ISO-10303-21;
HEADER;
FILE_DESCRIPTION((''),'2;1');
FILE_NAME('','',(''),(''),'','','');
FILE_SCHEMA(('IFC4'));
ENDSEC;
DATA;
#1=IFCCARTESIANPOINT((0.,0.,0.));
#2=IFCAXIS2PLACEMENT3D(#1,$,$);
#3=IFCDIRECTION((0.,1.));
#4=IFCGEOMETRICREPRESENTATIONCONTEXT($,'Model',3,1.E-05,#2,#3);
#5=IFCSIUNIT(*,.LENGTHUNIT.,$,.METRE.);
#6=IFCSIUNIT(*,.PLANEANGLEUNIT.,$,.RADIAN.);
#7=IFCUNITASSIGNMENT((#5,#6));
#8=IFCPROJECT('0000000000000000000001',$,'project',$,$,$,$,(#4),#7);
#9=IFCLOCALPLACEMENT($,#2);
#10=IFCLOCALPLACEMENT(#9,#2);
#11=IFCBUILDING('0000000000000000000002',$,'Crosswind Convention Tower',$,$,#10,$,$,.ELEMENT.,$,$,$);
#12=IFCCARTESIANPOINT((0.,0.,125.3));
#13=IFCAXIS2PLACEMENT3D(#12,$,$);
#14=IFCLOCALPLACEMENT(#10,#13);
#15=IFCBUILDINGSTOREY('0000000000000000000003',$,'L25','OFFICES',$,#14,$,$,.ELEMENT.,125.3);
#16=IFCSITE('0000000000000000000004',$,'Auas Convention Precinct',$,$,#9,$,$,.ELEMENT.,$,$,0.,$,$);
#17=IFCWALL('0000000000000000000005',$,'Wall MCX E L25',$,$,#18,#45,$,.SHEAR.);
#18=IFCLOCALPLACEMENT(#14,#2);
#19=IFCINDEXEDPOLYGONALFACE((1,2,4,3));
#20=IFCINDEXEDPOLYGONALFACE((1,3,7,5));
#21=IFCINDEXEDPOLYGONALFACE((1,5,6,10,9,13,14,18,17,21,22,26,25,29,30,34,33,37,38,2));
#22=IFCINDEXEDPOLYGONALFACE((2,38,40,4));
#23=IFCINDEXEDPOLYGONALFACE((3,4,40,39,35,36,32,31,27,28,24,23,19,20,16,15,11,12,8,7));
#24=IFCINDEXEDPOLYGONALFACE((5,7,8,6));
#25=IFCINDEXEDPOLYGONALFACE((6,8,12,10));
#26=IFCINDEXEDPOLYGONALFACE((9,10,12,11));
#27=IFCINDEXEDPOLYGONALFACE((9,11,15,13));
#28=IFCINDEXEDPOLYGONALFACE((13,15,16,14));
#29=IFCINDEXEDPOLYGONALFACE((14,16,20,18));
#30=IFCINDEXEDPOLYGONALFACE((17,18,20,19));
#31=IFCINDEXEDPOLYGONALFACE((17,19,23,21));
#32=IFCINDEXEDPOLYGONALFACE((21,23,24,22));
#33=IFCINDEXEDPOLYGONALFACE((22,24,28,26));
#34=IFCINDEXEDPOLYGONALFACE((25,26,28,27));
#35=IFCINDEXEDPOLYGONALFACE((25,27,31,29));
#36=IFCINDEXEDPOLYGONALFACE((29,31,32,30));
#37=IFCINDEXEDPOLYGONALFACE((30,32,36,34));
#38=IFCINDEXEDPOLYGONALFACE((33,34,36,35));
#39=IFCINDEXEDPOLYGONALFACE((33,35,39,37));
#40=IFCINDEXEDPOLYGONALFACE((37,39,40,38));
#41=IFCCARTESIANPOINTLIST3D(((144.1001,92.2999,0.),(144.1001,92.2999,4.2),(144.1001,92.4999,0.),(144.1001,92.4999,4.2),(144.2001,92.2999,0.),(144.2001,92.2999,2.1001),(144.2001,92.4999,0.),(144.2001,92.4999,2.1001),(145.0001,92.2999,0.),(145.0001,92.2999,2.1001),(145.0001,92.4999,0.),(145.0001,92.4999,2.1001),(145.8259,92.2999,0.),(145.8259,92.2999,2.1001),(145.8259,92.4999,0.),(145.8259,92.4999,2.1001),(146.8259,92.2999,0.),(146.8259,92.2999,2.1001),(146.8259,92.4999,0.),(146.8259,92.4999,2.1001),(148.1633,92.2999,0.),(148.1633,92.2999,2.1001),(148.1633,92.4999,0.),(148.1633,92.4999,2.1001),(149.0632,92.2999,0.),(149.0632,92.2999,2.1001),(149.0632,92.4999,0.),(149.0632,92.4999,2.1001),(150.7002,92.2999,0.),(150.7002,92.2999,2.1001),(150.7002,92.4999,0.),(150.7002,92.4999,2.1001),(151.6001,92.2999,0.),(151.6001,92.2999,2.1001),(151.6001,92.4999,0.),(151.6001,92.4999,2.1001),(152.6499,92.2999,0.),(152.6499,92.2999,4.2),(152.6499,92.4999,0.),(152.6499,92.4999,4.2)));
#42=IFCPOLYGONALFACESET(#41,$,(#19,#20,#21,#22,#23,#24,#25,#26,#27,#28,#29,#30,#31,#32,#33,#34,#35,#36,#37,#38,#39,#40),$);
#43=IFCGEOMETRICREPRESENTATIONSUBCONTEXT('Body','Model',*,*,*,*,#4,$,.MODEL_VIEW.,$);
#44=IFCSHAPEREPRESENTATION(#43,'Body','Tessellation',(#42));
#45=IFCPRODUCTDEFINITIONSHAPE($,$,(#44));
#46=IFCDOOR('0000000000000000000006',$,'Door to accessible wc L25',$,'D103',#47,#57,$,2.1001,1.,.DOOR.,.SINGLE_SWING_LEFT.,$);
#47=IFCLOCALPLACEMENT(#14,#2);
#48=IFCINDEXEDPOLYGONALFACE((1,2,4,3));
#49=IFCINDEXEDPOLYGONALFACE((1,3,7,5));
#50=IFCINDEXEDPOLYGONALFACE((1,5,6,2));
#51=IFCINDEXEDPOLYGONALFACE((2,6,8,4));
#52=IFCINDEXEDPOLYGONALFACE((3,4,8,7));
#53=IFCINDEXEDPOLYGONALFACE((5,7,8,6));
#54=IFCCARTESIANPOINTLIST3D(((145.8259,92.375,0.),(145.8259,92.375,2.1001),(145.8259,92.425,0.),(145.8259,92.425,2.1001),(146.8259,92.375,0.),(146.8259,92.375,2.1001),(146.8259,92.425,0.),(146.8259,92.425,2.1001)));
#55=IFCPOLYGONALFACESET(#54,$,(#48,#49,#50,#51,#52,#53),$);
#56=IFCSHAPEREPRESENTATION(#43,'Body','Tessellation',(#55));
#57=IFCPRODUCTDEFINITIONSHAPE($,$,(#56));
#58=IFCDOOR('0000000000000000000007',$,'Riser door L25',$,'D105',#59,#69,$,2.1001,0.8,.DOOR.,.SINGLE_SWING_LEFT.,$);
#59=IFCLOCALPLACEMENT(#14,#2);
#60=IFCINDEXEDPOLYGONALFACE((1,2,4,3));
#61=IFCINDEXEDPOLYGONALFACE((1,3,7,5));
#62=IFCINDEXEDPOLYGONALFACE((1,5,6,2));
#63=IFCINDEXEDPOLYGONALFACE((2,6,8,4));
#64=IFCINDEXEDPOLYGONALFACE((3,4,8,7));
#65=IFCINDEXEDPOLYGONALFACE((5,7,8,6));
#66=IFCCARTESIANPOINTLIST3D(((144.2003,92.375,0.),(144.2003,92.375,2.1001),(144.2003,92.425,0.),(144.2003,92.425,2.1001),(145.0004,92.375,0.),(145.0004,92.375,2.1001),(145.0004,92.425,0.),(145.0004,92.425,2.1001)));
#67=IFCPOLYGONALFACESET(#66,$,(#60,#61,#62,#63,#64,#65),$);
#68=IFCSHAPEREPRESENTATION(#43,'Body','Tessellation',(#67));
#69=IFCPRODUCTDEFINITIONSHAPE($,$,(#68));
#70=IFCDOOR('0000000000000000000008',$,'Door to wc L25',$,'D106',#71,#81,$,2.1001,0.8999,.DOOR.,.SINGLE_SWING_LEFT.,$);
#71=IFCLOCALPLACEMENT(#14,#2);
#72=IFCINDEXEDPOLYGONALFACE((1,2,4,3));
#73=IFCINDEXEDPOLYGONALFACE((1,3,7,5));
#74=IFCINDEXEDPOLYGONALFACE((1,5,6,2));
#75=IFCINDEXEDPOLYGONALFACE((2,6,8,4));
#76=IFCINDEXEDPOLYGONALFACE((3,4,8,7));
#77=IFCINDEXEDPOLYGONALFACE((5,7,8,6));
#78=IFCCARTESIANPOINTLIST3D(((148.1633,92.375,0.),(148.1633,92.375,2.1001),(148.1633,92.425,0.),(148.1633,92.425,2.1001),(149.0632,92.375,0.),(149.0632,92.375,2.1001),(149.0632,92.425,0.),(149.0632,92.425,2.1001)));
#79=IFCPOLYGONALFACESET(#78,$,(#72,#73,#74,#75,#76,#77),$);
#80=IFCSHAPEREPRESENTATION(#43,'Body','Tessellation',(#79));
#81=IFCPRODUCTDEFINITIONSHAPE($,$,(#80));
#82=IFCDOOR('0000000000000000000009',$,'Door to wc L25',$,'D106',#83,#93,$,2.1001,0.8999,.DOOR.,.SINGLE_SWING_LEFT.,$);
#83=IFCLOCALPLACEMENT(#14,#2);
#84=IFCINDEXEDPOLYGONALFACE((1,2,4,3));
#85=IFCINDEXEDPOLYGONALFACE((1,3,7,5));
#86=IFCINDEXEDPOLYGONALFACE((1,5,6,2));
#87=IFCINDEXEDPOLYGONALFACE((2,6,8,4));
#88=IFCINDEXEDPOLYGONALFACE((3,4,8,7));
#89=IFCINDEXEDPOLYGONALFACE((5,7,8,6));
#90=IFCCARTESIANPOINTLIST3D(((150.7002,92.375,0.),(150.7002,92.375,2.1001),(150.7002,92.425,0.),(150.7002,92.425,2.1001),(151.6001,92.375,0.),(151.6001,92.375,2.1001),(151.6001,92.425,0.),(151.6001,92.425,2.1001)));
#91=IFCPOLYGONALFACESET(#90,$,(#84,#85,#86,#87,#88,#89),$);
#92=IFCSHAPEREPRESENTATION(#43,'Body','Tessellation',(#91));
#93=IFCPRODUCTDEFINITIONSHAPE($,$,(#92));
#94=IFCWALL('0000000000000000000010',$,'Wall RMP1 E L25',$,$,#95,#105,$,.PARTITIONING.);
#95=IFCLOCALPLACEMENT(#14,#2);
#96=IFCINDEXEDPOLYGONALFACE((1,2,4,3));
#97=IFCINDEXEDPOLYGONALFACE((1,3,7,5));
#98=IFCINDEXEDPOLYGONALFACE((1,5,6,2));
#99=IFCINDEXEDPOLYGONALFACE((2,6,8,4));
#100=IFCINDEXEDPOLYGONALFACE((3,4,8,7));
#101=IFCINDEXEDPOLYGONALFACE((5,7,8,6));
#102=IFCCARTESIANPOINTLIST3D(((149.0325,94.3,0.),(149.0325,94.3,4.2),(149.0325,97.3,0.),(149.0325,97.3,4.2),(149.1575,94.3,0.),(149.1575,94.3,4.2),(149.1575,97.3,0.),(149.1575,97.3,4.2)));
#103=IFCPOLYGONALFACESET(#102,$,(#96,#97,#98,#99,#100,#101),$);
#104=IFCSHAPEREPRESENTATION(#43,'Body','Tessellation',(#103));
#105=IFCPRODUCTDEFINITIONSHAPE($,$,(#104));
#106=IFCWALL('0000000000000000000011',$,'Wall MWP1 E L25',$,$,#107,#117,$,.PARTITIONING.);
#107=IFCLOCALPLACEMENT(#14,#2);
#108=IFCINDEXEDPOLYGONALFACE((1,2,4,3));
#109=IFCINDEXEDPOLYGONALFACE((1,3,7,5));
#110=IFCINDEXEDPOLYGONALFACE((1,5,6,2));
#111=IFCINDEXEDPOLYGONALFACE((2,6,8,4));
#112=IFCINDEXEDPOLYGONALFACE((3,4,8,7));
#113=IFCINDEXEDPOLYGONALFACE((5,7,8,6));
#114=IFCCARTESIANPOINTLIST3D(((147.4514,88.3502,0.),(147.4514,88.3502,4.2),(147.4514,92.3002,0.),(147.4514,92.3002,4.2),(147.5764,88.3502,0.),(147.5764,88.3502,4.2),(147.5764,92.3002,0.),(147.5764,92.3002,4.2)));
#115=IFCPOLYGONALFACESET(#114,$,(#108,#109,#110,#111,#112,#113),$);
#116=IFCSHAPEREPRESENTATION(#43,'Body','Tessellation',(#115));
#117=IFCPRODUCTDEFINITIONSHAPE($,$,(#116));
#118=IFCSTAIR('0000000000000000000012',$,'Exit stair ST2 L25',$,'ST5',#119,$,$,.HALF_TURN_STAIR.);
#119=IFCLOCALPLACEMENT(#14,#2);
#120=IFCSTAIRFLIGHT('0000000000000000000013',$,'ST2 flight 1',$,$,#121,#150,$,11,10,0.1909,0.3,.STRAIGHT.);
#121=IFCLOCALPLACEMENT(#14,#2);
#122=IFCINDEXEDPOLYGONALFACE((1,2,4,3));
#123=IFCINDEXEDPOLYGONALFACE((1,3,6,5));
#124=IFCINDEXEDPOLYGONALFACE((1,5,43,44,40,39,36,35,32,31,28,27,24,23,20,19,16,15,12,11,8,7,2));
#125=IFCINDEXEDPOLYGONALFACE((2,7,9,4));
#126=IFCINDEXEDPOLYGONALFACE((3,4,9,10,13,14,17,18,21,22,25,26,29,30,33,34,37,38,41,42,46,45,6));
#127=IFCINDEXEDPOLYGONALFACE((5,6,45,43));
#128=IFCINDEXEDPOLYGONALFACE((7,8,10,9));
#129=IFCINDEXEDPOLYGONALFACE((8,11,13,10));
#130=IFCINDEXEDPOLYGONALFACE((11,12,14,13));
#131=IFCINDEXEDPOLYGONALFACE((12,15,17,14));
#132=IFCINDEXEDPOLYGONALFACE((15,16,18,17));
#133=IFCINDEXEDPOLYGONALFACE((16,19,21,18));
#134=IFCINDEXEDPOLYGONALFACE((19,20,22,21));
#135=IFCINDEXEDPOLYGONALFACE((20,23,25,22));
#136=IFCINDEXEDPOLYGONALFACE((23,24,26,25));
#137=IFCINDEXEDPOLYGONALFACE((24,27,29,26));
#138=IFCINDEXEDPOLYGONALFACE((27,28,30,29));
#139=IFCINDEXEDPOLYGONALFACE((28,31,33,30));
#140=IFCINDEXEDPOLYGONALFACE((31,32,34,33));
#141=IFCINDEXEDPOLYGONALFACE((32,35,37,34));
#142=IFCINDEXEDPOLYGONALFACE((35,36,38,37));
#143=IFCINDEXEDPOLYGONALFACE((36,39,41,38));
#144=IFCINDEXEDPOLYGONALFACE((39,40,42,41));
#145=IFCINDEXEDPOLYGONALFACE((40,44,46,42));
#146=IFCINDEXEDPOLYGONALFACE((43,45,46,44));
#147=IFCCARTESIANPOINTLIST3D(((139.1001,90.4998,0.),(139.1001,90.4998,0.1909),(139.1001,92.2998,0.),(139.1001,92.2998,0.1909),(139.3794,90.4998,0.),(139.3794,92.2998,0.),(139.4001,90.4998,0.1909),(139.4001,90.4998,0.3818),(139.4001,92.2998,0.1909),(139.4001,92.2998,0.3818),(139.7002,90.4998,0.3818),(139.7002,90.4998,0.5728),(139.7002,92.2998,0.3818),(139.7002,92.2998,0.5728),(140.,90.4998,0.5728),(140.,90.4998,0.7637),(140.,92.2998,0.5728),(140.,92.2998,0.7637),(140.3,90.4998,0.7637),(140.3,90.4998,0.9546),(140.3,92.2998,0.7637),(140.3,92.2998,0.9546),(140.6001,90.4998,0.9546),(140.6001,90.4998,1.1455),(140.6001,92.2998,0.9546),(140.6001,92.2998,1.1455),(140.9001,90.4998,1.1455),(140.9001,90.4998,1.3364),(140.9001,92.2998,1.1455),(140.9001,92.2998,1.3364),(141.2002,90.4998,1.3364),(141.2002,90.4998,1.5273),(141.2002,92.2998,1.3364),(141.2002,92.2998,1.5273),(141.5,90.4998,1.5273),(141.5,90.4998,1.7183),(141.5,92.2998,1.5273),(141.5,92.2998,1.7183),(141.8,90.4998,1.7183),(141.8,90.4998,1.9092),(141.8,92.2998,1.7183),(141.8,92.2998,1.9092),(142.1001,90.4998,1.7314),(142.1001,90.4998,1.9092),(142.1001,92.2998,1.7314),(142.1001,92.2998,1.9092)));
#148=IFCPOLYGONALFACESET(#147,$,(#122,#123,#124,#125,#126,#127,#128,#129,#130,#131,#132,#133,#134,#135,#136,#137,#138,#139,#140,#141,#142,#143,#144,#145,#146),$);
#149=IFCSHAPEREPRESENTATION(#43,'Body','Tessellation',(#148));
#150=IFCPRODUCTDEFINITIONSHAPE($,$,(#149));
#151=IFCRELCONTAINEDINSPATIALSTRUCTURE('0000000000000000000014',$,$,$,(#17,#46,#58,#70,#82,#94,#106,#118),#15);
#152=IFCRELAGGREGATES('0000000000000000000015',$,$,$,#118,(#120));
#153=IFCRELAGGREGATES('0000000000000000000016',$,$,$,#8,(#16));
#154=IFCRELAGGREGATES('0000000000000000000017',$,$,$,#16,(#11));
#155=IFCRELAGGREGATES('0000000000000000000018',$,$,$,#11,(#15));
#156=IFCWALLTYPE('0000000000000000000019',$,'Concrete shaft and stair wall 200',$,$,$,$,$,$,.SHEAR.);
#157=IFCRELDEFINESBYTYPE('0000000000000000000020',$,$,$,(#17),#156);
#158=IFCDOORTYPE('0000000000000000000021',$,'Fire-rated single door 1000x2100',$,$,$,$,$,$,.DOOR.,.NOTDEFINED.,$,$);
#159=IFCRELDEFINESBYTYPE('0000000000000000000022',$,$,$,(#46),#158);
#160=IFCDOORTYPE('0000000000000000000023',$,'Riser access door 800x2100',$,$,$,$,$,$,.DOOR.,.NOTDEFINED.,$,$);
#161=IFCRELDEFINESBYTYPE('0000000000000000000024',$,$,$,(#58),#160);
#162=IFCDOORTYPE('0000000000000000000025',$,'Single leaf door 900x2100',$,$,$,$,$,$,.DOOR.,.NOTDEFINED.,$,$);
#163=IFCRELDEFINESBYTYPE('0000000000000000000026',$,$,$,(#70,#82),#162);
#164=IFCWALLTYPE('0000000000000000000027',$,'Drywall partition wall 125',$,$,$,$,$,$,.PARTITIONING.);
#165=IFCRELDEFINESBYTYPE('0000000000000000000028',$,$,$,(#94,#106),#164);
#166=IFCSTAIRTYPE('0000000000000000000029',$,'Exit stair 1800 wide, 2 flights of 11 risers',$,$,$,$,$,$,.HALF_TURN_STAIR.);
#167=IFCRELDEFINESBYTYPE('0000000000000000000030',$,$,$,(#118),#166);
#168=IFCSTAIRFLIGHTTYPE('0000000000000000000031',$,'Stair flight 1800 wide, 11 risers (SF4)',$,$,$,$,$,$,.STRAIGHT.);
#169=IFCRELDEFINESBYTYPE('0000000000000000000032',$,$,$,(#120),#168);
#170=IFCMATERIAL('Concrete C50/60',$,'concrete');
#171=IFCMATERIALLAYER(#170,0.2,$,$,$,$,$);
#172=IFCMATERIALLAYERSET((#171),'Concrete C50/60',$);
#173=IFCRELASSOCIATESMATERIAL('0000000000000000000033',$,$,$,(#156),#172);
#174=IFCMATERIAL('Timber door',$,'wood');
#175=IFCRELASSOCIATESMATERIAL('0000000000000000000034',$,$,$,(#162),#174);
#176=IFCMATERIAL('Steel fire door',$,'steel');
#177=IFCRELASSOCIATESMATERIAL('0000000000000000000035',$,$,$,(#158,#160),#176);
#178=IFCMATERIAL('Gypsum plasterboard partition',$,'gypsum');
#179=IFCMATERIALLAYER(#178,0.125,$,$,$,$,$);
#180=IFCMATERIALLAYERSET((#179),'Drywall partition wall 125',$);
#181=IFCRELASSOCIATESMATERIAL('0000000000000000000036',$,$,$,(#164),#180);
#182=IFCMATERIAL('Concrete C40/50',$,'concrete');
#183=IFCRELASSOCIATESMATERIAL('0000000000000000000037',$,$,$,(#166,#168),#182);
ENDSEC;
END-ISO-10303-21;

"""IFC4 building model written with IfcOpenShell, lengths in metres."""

from ifc_helpers import new_model, si_unit, direction, frame, frame_2d, origin, place, context, subcontext, project, spatial, polyline, rectangle, outline, extrude, material, layer, layer_set, type_object, element, fill, aggregate, save


model = new_model("IFC4")

# Units and contexts
model_context = context("Model", 3, precision=1e-05, world=origin(), true_north=direction((0.0, 1.0)))
body_context = subcontext(model_context, "Body", "Model", "MODEL_VIEW")
ifc_project = project(units=[si_unit("LENGTHUNIT", "METRE"), si_unit("PLANEANGLEUNIT", "RADIAN")], contexts=[model_context])

# Site, building, storey
site_placement = place(None, origin())
site = spatial("IfcSite", under=ifc_project, at=site_placement, Name="Auas Convention Precinct", CompositionType="ELEMENT", RefElevation=0.0)
building_placement = place(site_placement, origin())
building = spatial("IfcBuilding", under=site, at=building_placement, Name="Crosswind Convention Tower", CompositionType="ELEMENT")
storey_placement = place(building_placement, frame((0.0, 0.0, 125.3)))
storey = spatial("IfcBuildingStorey", under=building, at=storey_placement, Name="L25", Description="OFFICES", CompositionType="ELEMENT", Elevation=125.3)

# Shared definitions
ifc_material_1 = material(Name="Concrete C50/60", Category="concrete")
ifc_layer_1 = layer(ifc_material_1, 0.2)
ifc_layer_set_1 = layer_set([ifc_layer_1], Name="Concrete C50/60")
wall_type_1 = type_object("IfcWallType", Name="Concrete shaft and stair wall 200", PredefinedType="SHEAR", material=ifc_layer_set_1)

# Shared definitions
ifc_material_2 = material(Name="Timber door", Category="wood")
door_type_1 = type_object("IfcDoorType", Name="Single leaf door 900x2100", OperationType="NOTDEFINED", PredefinedType="DOOR", material=ifc_material_2)

# Wall, openings, doors
wall_1_placement = place(storey_placement, frame((144.1001, 92.3999, 0.0), z_axis=(0.0, 0.0, 1.0), x_axis=(1.0, 0.0, 0.0)))
wall_1 = element("IfcWall", 1, at=wall_1_placement, inside=storey, type_object=wall_type_1, Name="Wall MCX E L25", PredefinedType="SHEAR", context=body_context, shape_type="SweptSolid", body=[
    extrude(rectangle(XDim=8.5498, YDim=0.2, at=frame_2d((4.2749, 0.0))), origin(), (0.0, 0.0, 1.0), 4.2),
])
opening_1_placement = place(wall_1_placement, frame((0.1001, 0.0, 0.0)))
opening_1 = element("IfcOpeningElement", 2, at=opening_1_placement, cuts=wall_1, PredefinedType="OPENING", context=body_context, shape_type="SweptSolid", body=[
    extrude(rectangle(XDim=0.8, YDim=2.1001, at=frame_2d((0.3999, 1.05))), frame((0.0, 0.1099, 0.0), z_axis=(0.0, -1.0, 0.0), x_axis=(1.0, 0.0, 0.0)), (0.0, 0.0, 1.0), 0.22),
])
opening_2_placement = place(wall_1_placement, frame((1.7258, 0.0, 0.0)))
opening_2 = element("IfcOpeningElement", 3, at=opening_2_placement, cuts=wall_1, PredefinedType="OPENING", context=body_context, shape_type="SweptSolid", body=[
    extrude(rectangle(XDim=1.0, YDim=2.1001, at=frame_2d((0.5, 1.05))), frame((0.0, 0.1099, 0.0), z_axis=(0.0, -1.0, 0.0), x_axis=(1.0, 0.0, 0.0)), (0.0, 0.0, 1.0), 0.22),
])
opening_3_placement = place(wall_1_placement, frame((4.0632, 0.0, 0.0)))
opening_3 = element("IfcOpeningElement", 4, at=opening_3_placement, cuts=wall_1, PredefinedType="OPENING", context=body_context, shape_type="SweptSolid", body=[
    extrude(rectangle(XDim=0.8999, YDim=2.1001, at=frame_2d((0.45, 1.05))), frame((0.0, 0.1099, 0.0), z_axis=(0.0, -1.0, 0.0), x_axis=(1.0, 0.0, 0.0)), (0.0, 0.0, 1.0), 0.22),
])
opening_4_placement = place(wall_1_placement, frame((6.6001, 0.0, 0.0)))
opening_4 = element("IfcOpeningElement", 5, at=opening_4_placement, cuts=wall_1, PredefinedType="OPENING", context=body_context, shape_type="SweptSolid", body=[
    extrude(rectangle(XDim=0.8999, YDim=2.1001, at=frame_2d((0.45, 1.05))), frame((0.0, 0.1099, 0.0), z_axis=(0.0, -1.0, 0.0), x_axis=(1.0, 0.0, 0.0)), (0.0, 0.0, 1.0), 0.22),
])
ifc_material_3 = material(Name="Steel fire door", Category="steel")
door_type_2 = type_object("IfcDoorType", Name="Fire-rated single door 1000x2100", OperationType="NOTDEFINED", PredefinedType="DOOR", material=ifc_material_3)
door_1_placement = place(opening_2_placement, frame((1.0, 0.0, 0.0), z_axis=(0.0, 0.0, 1.0), x_axis=(-1.0, 0.0, 0.0)))
door_1 = element("IfcDoor", 6, at=door_1_placement, inside=storey, type_object=door_type_2, Name="Door to accessible wc L25", ObjectType="D103", OperationType="SINGLE_SWING_LEFT", OverallHeight=2.1001, OverallWidth=1.0, PredefinedType="DOOR", context=body_context, shape_type="SweptSolid", body=[
    extrude(rectangle(XDim=1.0, YDim=2.1001, at=frame_2d((0.5, 1.05))), frame((0.0, 0.0249, 0.0), z_axis=(0.0, -1.0, 0.0), x_axis=(1.0, 0.0, 0.0)), (0.0, 0.0, 1.0), 0.05),
])
fill(opening_2, door_1)
door_type_3 = type_object("IfcDoorType", Name="Riser access door 800x2100", OperationType="NOTDEFINED", PredefinedType="DOOR", material=ifc_material_3)
door_2_placement = place(opening_1_placement, frame((0.8, 0.0, 0.0), z_axis=(0.0, 0.0, 1.0), x_axis=(-1.0, 0.0, 0.0)))
door_2 = element("IfcDoor", 7, at=door_2_placement, inside=storey, type_object=door_type_3, Name="Riser door L25", ObjectType="D105", OperationType="SINGLE_SWING_LEFT", OverallHeight=2.1001, OverallWidth=0.8, PredefinedType="DOOR", context=body_context, shape_type="SweptSolid", body=[
    extrude(rectangle(XDim=0.8, YDim=2.1001, at=frame_2d((0.3999, 1.05))), frame((0.0, 0.0249, 0.0), z_axis=(0.0, -1.0, 0.0), x_axis=(1.0, 0.0, 0.0)), (0.0, 0.0, 1.0), 0.05),
])
fill(opening_1, door_2)
door_3_placement = place(opening_3_placement, frame((0.8999, 0.0, 0.0), z_axis=(0.0, 0.0, 1.0), x_axis=(-1.0, 0.0, 0.0)))
door_3 = element("IfcDoor", 8, at=door_3_placement, inside=storey, type_object=door_type_1, Name="Door to wc L25", ObjectType="D106", OperationType="SINGLE_SWING_LEFT", OverallHeight=2.1001, OverallWidth=0.8999, PredefinedType="DOOR", context=body_context, shape_type="SweptSolid", body=[
    extrude(rectangle(XDim=0.8999, YDim=2.1001, at=frame_2d((0.45, 1.05))), frame((0.0, 0.0249, 0.0), z_axis=(0.0, -1.0, 0.0), x_axis=(1.0, 0.0, 0.0)), (0.0, 0.0, 1.0), 0.05),
])
fill(opening_3, door_3)
door_4_placement = place(opening_4_placement, frame((0.8999, 0.0, 0.0), z_axis=(0.0, 0.0, 1.0), x_axis=(-1.0, 0.0, 0.0)))
door_4 = element("IfcDoor", 9, at=door_4_placement, inside=storey, type_object=door_type_1, Name="Door to wc L25", ObjectType="D106", OperationType="SINGLE_SWING_LEFT", OverallHeight=2.1001, OverallWidth=0.8999, PredefinedType="DOOR", context=body_context, shape_type="SweptSolid", body=[
    extrude(rectangle(XDim=0.8999, YDim=2.1001, at=frame_2d((0.45, 1.05))), frame((0.0, 0.0249, 0.0), z_axis=(0.0, -1.0, 0.0), x_axis=(1.0, 0.0, 0.0)), (0.0, 0.0, 1.0), 0.05),
])
fill(opening_4, door_4)

# Walls
ifc_material_4 = material(Name="Gypsum plasterboard partition", Category="gypsum")
ifc_layer_2 = layer(ifc_material_4, 0.125)
ifc_layer_set_2 = layer_set([ifc_layer_2], Name="Drywall partition wall 125")
wall_type_2 = type_object("IfcWallType", Name="Drywall partition wall 125", PredefinedType="PARTITIONING", material=ifc_layer_set_2)
wall_2_placement = place(storey_placement, frame((149.095, 94.3, 0.0), z_axis=(0.0, 0.0, 1.0), x_axis=(0.0, 1.0, 0.0)))
element("IfcWall", 10, at=wall_2_placement, inside=storey, type_object=wall_type_2, Name="Wall RMP1 E L25", PredefinedType="PARTITIONING", context=body_context, shape_type="SweptSolid", body=[
    extrude(rectangle(XDim=3.0, YDim=0.125, at=frame_2d((1.5, 0.0))), origin(), (0.0, 0.0, 1.0), 4.2),
])
wall_3_placement = place(storey_placement, frame((147.5139, 88.3501, 0.0), z_axis=(0.0, 0.0, 1.0), x_axis=(0.0, 1.0, 0.0)))
element("IfcWall", 11, at=wall_3_placement, inside=storey, type_object=wall_type_2, Name="Wall MWP1 E L25", PredefinedType="PARTITIONING", context=body_context, shape_type="SweptSolid", body=[
    extrude(rectangle(XDim=3.95, YDim=0.125, at=frame_2d((1.9751, 0.0))), origin(), (0.0, 0.0, 1.0), 4.2),
])

# Stair, stair flight
ifc_material_5 = material(Name="Concrete C40/50", Category="concrete")
stair_type = type_object("IfcStairType", Name="Exit stair 1800 wide, 2 flights of 11 risers", PredefinedType="HALF_TURN_STAIR", material=ifc_material_5)
stair_placement = place(storey_placement, origin())
stair = element("IfcStair", 12, at=stair_placement, inside=storey, type_object=stair_type, Name="Exit stair ST2 L25", ObjectType="ST5", PredefinedType="HALF_TURN_STAIR")
stair_flight_type = type_object("IfcStairFlightType", Name="Stair flight 1800 wide, 11 risers (SF4)", PredefinedType="STRAIGHT", material=ifc_material_5)
stair_flight_1_placement = place(storey_placement, frame((139.1001, 91.3999, 0.0), z_axis=(0.0, 0.0, 1.0), x_axis=(1.0, 0.0, 0.0)))
stair_flight_1 = element("IfcStairFlight", 13, at=stair_flight_1_placement, type_object=stair_flight_type, Name="ST2 flight 1", NumberOfRisers=11, NumberOfTreads=10, PredefinedType="STRAIGHT", RiserHeight=0.1909, TreadLength=0.3, context=body_context, shape_type="SweptSolid", body=[
    extrude(outline(polyline([(0.0, 0.0), (0.0, 0.1909), (0.3, 0.1909), (0.3, 0.3818), (0.6001, 0.3818), (0.6001, 0.5728), (0.8999, 0.5728), (0.8999, 0.7637), (1.2, 0.7637), (1.2, 0.9546), (1.5, 0.9546), (1.5, 1.1455), (1.8, 1.1455), (1.8, 1.3364), (2.1001, 1.3364), (2.1001, 1.5273), (2.3999, 1.5273), (2.3999, 1.7183), (2.7, 1.7183), (2.7, 1.9092), (3.0, 1.9092), (3.0, 2.1001), (3.0, 1.7314), (0.2793, 0.0), (0.0, 0.0)])), frame((0.0, 0.8999, 0.0), z_axis=(0.0, -1.0, 0.0), x_axis=(1.0, 0.0, 0.0)), (0.0, 0.0, 1.0), 1.8),
])
aggregate(stair, [stair_flight_1])

save(model, "model.ifc")
